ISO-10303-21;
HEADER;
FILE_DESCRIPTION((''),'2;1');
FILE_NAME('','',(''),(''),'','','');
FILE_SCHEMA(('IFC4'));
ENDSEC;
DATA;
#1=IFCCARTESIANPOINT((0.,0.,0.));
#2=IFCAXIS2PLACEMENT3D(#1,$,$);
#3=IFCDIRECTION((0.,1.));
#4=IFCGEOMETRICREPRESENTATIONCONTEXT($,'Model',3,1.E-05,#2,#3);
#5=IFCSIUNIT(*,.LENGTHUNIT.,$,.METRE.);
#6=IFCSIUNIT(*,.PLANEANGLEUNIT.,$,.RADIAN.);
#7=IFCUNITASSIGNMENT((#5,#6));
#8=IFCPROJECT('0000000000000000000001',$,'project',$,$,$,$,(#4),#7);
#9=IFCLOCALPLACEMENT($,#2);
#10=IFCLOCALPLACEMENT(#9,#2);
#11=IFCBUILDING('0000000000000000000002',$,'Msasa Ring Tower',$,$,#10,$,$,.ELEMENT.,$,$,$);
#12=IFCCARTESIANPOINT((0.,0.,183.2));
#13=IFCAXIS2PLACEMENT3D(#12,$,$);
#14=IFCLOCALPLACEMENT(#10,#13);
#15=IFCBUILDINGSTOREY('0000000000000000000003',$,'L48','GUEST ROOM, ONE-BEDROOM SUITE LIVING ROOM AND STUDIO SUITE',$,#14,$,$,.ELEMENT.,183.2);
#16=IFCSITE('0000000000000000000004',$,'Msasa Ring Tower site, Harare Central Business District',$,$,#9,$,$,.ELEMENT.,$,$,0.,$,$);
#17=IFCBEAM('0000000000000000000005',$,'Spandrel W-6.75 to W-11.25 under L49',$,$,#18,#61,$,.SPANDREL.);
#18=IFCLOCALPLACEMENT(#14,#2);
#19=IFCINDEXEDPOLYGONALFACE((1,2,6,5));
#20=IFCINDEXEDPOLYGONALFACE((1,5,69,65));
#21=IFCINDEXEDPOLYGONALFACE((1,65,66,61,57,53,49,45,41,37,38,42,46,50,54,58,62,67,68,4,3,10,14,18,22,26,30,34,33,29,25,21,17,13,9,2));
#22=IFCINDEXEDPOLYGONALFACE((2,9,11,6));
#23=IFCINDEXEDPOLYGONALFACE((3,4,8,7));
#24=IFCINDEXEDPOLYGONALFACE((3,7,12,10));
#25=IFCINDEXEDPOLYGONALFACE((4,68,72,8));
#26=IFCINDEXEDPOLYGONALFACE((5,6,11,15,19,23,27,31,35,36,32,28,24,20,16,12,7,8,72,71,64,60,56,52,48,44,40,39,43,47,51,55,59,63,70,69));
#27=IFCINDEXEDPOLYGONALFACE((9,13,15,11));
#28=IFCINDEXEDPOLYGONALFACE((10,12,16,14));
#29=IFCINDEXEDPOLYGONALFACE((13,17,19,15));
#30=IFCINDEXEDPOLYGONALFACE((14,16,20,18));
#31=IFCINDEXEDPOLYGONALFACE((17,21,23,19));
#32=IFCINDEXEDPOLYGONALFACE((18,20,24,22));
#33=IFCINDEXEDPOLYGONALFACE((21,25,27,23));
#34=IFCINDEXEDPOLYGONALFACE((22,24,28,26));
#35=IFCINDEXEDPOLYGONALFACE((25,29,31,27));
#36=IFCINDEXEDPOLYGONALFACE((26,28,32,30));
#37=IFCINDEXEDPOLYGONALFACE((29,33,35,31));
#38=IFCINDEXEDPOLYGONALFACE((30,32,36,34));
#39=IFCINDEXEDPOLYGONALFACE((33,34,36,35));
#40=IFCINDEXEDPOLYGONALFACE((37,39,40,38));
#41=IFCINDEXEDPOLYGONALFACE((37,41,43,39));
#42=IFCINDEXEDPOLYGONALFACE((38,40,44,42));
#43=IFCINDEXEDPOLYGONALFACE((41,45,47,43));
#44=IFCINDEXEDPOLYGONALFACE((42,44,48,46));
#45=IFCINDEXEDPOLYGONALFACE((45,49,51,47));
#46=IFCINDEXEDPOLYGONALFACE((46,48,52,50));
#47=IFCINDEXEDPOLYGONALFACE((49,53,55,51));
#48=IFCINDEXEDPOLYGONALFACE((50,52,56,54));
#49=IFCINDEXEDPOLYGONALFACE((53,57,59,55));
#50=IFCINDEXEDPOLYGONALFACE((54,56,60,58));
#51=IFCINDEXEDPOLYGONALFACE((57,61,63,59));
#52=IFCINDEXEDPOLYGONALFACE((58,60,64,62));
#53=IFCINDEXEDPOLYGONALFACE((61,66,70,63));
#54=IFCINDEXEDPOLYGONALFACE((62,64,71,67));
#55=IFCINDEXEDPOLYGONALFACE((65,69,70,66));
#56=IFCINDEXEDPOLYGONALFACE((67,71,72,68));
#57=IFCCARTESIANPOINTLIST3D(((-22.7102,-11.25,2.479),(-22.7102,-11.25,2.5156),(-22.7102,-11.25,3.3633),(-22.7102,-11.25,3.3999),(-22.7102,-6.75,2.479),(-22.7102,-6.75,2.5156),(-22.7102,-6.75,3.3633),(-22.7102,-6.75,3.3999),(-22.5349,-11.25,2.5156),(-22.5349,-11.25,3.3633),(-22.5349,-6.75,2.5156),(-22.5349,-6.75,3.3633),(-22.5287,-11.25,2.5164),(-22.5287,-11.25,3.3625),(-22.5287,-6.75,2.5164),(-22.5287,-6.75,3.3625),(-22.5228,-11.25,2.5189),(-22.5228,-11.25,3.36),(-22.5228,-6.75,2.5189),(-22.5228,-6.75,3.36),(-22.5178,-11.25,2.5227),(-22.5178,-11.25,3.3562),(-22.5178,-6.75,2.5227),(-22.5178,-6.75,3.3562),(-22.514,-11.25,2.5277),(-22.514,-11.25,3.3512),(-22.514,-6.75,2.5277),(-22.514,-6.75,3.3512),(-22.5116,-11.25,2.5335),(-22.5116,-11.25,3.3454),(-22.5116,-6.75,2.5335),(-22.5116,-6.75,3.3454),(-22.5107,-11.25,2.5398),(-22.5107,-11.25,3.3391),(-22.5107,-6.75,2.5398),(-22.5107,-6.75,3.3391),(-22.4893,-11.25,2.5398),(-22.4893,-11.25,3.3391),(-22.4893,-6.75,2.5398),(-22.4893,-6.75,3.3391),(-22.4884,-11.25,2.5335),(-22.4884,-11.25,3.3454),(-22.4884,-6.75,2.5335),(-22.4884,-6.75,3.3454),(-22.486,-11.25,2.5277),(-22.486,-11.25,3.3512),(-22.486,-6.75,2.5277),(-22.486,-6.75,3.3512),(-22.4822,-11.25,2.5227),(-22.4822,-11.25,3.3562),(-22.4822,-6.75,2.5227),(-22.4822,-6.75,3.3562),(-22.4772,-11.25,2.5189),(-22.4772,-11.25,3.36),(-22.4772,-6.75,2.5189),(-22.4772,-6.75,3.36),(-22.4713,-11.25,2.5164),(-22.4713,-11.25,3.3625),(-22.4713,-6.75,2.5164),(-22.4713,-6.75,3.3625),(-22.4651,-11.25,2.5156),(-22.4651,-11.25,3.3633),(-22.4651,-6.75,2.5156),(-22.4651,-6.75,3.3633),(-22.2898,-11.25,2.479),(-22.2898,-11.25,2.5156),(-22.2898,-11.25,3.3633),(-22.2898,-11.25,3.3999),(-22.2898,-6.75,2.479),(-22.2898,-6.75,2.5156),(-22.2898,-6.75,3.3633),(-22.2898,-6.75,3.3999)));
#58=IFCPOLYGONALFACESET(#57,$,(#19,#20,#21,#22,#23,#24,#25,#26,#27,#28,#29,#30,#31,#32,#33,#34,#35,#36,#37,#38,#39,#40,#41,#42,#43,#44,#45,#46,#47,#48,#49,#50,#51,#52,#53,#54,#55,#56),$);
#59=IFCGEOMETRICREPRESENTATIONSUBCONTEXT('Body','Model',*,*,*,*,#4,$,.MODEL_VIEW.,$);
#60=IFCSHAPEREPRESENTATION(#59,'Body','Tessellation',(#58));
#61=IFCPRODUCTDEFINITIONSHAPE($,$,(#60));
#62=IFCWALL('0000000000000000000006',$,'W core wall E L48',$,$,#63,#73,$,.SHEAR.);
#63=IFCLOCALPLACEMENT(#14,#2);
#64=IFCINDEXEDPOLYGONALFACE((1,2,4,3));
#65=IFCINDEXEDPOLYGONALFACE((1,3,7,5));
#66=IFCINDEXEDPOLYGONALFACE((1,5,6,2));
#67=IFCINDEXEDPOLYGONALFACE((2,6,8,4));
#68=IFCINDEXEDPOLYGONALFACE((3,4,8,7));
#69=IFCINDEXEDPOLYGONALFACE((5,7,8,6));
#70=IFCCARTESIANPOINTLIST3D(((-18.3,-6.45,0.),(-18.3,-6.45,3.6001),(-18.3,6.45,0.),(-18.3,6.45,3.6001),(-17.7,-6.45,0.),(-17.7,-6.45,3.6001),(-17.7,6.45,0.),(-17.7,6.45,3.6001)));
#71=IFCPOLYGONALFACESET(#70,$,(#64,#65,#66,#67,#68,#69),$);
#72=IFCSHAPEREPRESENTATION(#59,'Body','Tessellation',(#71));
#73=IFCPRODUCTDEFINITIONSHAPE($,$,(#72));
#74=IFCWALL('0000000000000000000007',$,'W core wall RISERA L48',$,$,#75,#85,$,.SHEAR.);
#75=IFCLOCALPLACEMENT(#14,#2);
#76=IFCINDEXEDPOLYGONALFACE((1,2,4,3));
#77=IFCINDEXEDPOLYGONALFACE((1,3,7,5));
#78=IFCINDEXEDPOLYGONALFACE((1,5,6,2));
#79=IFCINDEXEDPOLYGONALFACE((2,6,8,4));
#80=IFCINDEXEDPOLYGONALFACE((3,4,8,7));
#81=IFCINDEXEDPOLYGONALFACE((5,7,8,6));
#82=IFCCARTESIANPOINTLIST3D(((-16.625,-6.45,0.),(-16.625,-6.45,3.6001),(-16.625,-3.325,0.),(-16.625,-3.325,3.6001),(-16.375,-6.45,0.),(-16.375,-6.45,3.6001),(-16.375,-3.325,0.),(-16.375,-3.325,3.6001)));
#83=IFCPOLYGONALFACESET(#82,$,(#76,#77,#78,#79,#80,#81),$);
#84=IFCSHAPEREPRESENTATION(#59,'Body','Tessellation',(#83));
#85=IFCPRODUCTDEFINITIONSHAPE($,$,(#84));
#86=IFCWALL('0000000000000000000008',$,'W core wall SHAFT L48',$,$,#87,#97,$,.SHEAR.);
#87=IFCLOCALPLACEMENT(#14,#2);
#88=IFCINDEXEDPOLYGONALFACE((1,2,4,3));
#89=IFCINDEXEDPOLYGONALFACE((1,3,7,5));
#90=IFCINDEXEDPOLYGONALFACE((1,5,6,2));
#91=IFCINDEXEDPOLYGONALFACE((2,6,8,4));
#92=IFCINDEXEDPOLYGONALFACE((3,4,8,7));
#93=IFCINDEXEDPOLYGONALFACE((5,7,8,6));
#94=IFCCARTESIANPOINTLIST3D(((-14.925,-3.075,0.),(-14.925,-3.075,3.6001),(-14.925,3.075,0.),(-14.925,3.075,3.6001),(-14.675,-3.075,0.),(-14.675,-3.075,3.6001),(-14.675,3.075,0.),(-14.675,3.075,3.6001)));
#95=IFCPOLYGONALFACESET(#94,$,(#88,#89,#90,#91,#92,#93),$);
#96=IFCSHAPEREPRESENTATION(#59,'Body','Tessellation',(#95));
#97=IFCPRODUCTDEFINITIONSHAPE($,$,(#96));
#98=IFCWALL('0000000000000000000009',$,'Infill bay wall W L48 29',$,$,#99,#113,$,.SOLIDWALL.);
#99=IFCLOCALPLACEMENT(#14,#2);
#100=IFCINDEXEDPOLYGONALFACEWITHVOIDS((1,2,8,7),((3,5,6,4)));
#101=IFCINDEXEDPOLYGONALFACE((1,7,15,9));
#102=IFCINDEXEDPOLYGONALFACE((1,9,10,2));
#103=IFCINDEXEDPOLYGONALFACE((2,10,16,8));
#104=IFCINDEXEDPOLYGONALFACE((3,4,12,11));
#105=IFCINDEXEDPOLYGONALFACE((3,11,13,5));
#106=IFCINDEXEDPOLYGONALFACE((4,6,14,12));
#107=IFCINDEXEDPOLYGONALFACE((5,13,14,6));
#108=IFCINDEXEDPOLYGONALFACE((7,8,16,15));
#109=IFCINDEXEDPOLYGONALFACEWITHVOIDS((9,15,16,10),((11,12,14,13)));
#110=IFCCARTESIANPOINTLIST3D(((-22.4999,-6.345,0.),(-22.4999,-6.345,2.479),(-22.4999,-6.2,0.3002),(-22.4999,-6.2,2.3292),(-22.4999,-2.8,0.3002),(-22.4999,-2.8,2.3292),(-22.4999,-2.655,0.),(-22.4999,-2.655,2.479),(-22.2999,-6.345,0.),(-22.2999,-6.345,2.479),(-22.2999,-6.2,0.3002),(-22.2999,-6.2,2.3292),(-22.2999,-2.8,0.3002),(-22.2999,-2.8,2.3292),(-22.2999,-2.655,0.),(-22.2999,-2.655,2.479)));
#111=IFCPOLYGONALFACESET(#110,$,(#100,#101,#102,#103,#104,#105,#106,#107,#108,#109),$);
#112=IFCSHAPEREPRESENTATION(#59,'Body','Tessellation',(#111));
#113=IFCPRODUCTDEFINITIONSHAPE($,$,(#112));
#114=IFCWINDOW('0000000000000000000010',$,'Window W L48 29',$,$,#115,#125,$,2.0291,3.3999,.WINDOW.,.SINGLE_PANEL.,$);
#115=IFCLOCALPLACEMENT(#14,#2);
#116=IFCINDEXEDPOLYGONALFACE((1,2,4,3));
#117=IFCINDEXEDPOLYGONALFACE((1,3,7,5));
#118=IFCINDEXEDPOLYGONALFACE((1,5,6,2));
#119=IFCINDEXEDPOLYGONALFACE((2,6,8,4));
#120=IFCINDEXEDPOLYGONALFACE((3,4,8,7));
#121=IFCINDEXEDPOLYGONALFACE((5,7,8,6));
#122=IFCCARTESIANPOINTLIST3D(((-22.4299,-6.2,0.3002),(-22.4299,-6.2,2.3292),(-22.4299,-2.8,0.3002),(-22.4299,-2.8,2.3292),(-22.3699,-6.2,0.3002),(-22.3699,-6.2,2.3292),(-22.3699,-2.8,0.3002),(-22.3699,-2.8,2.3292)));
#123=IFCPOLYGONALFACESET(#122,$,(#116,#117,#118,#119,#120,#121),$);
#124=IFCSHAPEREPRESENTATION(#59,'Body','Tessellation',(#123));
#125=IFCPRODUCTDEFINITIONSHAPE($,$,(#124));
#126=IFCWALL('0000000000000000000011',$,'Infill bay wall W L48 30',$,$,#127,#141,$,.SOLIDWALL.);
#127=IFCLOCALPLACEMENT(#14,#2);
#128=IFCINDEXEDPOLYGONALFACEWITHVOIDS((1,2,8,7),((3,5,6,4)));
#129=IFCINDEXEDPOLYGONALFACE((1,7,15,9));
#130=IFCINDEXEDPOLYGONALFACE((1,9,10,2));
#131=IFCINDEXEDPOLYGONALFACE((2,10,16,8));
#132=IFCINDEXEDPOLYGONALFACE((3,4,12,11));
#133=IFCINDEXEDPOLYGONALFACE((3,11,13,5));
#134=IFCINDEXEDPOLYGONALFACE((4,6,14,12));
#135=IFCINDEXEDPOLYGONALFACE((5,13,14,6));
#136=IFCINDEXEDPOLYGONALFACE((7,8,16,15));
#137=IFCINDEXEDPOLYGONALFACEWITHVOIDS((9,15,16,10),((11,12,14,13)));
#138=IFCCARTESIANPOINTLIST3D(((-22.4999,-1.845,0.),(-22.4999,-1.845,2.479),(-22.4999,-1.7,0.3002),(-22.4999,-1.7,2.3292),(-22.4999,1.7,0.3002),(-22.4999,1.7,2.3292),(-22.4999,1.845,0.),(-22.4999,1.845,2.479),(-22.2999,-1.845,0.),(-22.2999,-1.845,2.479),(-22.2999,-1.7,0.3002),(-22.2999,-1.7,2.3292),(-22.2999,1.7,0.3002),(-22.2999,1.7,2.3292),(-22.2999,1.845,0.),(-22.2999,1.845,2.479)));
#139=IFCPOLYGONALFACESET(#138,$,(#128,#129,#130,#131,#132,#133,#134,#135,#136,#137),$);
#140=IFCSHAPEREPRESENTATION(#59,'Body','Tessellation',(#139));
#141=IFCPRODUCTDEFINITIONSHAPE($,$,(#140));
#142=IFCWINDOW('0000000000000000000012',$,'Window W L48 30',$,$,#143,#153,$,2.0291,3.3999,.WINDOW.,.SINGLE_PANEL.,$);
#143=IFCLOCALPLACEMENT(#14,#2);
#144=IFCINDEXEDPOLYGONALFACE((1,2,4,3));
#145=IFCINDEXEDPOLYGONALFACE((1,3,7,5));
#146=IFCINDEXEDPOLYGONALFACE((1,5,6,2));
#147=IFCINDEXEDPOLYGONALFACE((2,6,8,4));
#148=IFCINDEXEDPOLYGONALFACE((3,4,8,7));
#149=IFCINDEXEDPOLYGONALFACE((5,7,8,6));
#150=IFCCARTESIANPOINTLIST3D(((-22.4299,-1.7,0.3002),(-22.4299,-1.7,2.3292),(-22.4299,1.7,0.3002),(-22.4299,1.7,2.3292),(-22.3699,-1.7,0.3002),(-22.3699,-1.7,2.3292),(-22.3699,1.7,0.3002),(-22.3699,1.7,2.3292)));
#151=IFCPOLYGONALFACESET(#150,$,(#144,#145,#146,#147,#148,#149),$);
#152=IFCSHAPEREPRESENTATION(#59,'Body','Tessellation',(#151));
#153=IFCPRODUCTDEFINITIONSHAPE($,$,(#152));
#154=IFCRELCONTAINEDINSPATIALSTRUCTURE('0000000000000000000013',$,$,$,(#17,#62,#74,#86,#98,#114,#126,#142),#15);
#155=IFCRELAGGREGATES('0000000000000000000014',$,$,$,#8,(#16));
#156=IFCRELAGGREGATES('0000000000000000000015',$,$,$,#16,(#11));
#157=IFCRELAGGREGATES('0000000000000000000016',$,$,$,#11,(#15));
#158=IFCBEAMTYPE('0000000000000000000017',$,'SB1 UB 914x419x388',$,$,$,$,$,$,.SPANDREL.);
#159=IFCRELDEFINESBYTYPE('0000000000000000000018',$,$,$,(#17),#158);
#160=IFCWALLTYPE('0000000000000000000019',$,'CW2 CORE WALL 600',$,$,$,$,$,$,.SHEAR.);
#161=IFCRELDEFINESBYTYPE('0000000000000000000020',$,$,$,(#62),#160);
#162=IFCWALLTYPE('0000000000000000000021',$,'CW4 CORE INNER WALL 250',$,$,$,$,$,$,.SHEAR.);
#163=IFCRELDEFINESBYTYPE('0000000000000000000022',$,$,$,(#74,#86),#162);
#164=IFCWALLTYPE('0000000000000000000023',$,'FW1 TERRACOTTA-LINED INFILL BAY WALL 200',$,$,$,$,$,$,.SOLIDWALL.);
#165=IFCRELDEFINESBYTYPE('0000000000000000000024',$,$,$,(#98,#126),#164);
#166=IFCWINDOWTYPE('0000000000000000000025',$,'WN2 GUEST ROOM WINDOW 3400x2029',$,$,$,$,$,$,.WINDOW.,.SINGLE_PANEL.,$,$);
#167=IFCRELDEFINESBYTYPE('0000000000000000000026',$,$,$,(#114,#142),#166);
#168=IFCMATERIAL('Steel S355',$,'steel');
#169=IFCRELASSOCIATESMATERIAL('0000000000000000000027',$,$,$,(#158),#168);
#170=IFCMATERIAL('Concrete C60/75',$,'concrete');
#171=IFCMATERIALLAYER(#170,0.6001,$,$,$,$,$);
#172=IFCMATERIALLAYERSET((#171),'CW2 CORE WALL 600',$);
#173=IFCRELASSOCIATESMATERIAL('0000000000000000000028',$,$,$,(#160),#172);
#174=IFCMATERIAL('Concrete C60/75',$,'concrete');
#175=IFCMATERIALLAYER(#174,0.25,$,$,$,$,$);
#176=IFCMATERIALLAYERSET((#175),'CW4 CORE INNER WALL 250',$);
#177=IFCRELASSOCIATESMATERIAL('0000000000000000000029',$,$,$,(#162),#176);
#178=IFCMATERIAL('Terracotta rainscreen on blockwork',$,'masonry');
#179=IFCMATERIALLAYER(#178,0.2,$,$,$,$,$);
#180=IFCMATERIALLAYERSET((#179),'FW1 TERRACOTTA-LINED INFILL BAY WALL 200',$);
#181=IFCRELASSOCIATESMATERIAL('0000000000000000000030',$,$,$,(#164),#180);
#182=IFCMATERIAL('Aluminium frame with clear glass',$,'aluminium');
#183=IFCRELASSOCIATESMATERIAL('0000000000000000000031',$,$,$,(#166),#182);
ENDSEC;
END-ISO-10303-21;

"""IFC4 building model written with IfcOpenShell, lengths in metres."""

from ifc_helpers import new_model, si_unit, direction, frame, frame_2d, origin, origin_2d, place, context, subcontext, project, spatial, rectangle, i_section, extrude, material, layer, layer_set, material_profile, profile_set, type_object, element, fill, save


model = new_model("IFC4")

# Units and contexts
model_context = context("Model", 3, precision=1e-05, world=origin(), true_north=direction((0.0, 1.0)))
body_context = subcontext(model_context, "Body", "Model", "MODEL_VIEW")
ifc_project = project(units=[si_unit("LENGTHUNIT", "METRE"), si_unit("PLANEANGLEUNIT", "RADIAN")], contexts=[model_context])

# Site, building, storey
site_placement = place(None, origin())
site = spatial("IfcSite", under=ifc_project, at=site_placement, Name="Msasa Ring Tower site, Harare Central Business District", CompositionType="ELEMENT", RefElevation=0.0)
building_placement = place(site_placement, origin())
building = spatial("IfcBuilding", under=site, at=building_placement, Name="Msasa Ring Tower", CompositionType="ELEMENT")
storey_placement = place(building_placement, frame((0.0, 0.0, 183.2)))
storey = spatial("IfcBuildingStorey", under=building, at=storey_placement, Name="L48", Description="GUEST ROOM, ONE-BEDROOM SUITE LIVING ROOM AND STUDIO SUITE", CompositionType="ELEMENT", Elevation=183.2)

# Beam
ifc_material_1 = material(Name="Steel S355", Category="steel")
ifc_material_profile_1 = material_profile(ifc_material_1, i_section(OverallWidth=0.4204, OverallDepth=0.9209, WebThickness=0.0215, FlangeThickness=0.0366, FilletRadius=0.0242, at=origin_2d()), Name="UB 914x419x388")
ifc_profile_set_1 = profile_set([ifc_material_profile_1], Name="Steel S355")
beam_type_1 = type_object("IfcBeamType", Name="SB1 UB 914x419x388", PredefinedType="SPANDREL", material=ifc_profile_set_1)
for number, where, z_axis, x_axis, name in (
    (1, (-22.5, -6.75, 2.9395), (0.0, -1.0, 0.0), (1.0, 0.0, 0.0), "Spandrel W-6.75 to W-11.25 under L49"),
):
    element("IfcBeam", number, at=place(storey_placement, frame(where, z_axis=z_axis, x_axis=x_axis)), inside=storey, type_object=beam_type_1, Name=name, PredefinedType="SPANDREL", context=body_context, shape_type="SweptSolid", body=[
        extrude(i_section(OverallWidth=0.4204, OverallDepth=0.9209, WebThickness=0.0215, FlangeThickness=0.0366, FilletRadius=0.0242, at=origin_2d()), origin(), (0.0, 0.0, 1.0), 4.5),
    ])

# Walls
ifc_material_2 = material(Name="Concrete C60/75", Category="concrete")
ifc_layer_1 = layer(ifc_material_2, 0.6001)
ifc_layer_set_1 = layer_set([ifc_layer_1], Name="CW2 CORE WALL 600")
wall_type_1 = type_object("IfcWallType", Name="CW2 CORE WALL 600", PredefinedType="SHEAR", material=ifc_layer_set_1)
wall_1_placement = place(storey_placement, frame((-18.0, -6.45, 0.0), z_axis=(0.0, 0.0, 1.0), x_axis=(0.0, 1.0, 0.0)))
element("IfcWall", 2, at=wall_1_placement, inside=storey, type_object=wall_type_1, Name="W core wall E L48", PredefinedType="SHEAR", context=body_context, shape_type="SweptSolid", body=[
    extrude(rectangle(XDim=12.8999, YDim=0.6001, at=frame_2d((6.45, 0.0))), origin(), (0.0, 0.0, 1.0), 3.6001),
])
ifc_material_3 = material(Name="Concrete C60/75", Category="concrete")
ifc_layer_2 = layer(ifc_material_3, 0.25)
ifc_layer_set_2 = layer_set([ifc_layer_2], Name="CW4 CORE INNER WALL 250")
wall_type_2 = type_object("IfcWallType", Name="CW4 CORE INNER WALL 250", PredefinedType="SHEAR", material=ifc_layer_set_2)
wall_2_placement = place(storey_placement, frame((-16.5, -6.45, 0.0), z_axis=(0.0, 0.0, 1.0), x_axis=(0.0, 1.0, 0.0)))
element("IfcWall", 3, at=wall_2_placement, inside=storey, type_object=wall_type_2, Name="W core wall RISERA L48", PredefinedType="SHEAR", context=body_context, shape_type="SweptSolid", body=[
    extrude(rectangle(XDim=3.125, YDim=0.25, at=frame_2d((1.5625, 0.0))), origin(), (0.0, 0.0, 1.0), 3.6001),
])
wall_3_placement = place(storey_placement, frame((-14.8, -3.075, 0.0), z_axis=(0.0, 0.0, 1.0), x_axis=(0.0, 1.0, 0.0)))
element("IfcWall", 4, at=wall_3_placement, inside=storey, type_object=wall_type_2, Name="W core wall SHAFT L48", PredefinedType="SHEAR", context=body_context, shape_type="SweptSolid", body=[
    extrude(rectangle(XDim=6.1499, YDim=0.25, at=frame_2d((3.075, 0.0))), origin(), (0.0, 0.0, 1.0), 3.6001),
])

# Walls, openings, windows
ifc_material_4 = material(Name="Terracotta rainscreen on blockwork", Category="masonry")
ifc_layer_3 = layer(ifc_material_4, 0.2)
ifc_layer_set_3 = layer_set([ifc_layer_3], Name="FW1 TERRACOTTA-LINED INFILL BAY WALL 200")
wall_type_3 = type_object("IfcWallType", Name="FW1 TERRACOTTA-LINED INFILL BAY WALL 200", PredefinedType="SOLIDWALL", material=ifc_layer_set_3)
wall_4_placement = place(storey_placement, frame((-22.3999, -6.345, 0.0), z_axis=(0.0, 0.0, 1.0), x_axis=(0.0, 1.0, 0.0)))
wall_4 = element("IfcWall", 5, at=wall_4_placement, inside=storey, type_object=wall_type_3, Name="Infill bay wall W L48 29", PredefinedType="SOLIDWALL", context=body_context, shape_type="SweptSolid", body=[
    extrude(rectangle(XDim=3.6899, YDim=0.2, at=frame_2d((1.845, 0.0))), origin(), (0.0, 0.0, 1.0), 2.479),
])
opening_1_placement = place(wall_4_placement, frame((0.145, 0.0, 0.3)))
opening_1 = element("IfcOpeningElement", 6, at=opening_1_placement, cuts=wall_4, PredefinedType="OPENING", context=body_context, shape_type="SweptSolid", body=[
    extrude(rectangle(XDim=3.3999, YDim=2.0291, at=frame_2d((1.7, 1.0146))), frame((0.0, 0.1099, 0.0), z_axis=(0.0, -1.0, 0.0), x_axis=(1.0, 0.0, 0.0)), (0.0, 0.0, 1.0), 0.22),
])
ifc_material_5 = material(Name="Aluminium frame with clear glass", Category="aluminium")
window_type = type_object("IfcWindowType", Name="WN2 GUEST ROOM WINDOW 3400x2029", PartitioningType="SINGLE_PANEL", PredefinedType="WINDOW", material=ifc_material_5)
window_1_placement = place(opening_1_placement, origin())
window_1 = element("IfcWindow", 7, at=window_1_placement, inside=storey, type_object=window_type, Name="Window W L48 29", OverallHeight=2.0291, OverallWidth=3.3999, PartitioningType="SINGLE_PANEL", PredefinedType="WINDOW", context=body_context, shape_type="SweptSolid", body=[
    extrude(rectangle(XDim=3.3999, YDim=2.0291, at=frame_2d((1.7, 1.0146))), frame((0.0, 0.03, 0.0), z_axis=(0.0, -1.0, 0.0), x_axis=(1.0, 0.0, 0.0)), (0.0, 0.0, 1.0), 0.0601),
])
fill(opening_1, window_1)
wall_5_placement = place(storey_placement, frame((-22.3999, -1.845, 0.0), z_axis=(0.0, 0.0, 1.0), x_axis=(0.0, 1.0, 0.0)))
wall_5 = element("IfcWall", 8, at=wall_5_placement, inside=storey, type_object=wall_type_3, Name="Infill bay wall W L48 30", PredefinedType="SOLIDWALL", context=body_context, shape_type="SweptSolid", body=[
    extrude(rectangle(XDim=3.6899, YDim=0.2, at=frame_2d((1.845, 0.0))), origin(), (0.0, 0.0, 1.0), 2.479),
])
opening_2_placement = place(wall_5_placement, frame((0.145, 0.0, 0.3)))
opening_2 = element("IfcOpeningElement", 9, at=opening_2_placement, cuts=wall_5, PredefinedType="OPENING", context=body_context, shape_type="SweptSolid", body=[
    extrude(rectangle(XDim=3.3999, YDim=2.0291, at=frame_2d((1.7, 1.0146))), frame((0.0, 0.1099, 0.0), z_axis=(0.0, -1.0, 0.0), x_axis=(1.0, 0.0, 0.0)), (0.0, 0.0, 1.0), 0.22),
])
window_2_placement = place(opening_2_placement, origin())
window_2 = element("IfcWindow", 10, at=window_2_placement, inside=storey, type_object=window_type, Name="Window W L48 30", OverallHeight=2.0291, OverallWidth=3.3999, PartitioningType="SINGLE_PANEL", PredefinedType="WINDOW", context=body_context, shape_type="SweptSolid", body=[
    extrude(rectangle(XDim=3.3999, YDim=2.0291, at=frame_2d((1.7, 1.0146))), frame((0.0, 0.03, 0.0), z_axis=(0.0, -1.0, 0.0), x_axis=(1.0, 0.0, 0.0)), (0.0, 0.0, 1.0), 0.0601),
])
fill(opening_2, window_2)

save(model, "model.ifc")
